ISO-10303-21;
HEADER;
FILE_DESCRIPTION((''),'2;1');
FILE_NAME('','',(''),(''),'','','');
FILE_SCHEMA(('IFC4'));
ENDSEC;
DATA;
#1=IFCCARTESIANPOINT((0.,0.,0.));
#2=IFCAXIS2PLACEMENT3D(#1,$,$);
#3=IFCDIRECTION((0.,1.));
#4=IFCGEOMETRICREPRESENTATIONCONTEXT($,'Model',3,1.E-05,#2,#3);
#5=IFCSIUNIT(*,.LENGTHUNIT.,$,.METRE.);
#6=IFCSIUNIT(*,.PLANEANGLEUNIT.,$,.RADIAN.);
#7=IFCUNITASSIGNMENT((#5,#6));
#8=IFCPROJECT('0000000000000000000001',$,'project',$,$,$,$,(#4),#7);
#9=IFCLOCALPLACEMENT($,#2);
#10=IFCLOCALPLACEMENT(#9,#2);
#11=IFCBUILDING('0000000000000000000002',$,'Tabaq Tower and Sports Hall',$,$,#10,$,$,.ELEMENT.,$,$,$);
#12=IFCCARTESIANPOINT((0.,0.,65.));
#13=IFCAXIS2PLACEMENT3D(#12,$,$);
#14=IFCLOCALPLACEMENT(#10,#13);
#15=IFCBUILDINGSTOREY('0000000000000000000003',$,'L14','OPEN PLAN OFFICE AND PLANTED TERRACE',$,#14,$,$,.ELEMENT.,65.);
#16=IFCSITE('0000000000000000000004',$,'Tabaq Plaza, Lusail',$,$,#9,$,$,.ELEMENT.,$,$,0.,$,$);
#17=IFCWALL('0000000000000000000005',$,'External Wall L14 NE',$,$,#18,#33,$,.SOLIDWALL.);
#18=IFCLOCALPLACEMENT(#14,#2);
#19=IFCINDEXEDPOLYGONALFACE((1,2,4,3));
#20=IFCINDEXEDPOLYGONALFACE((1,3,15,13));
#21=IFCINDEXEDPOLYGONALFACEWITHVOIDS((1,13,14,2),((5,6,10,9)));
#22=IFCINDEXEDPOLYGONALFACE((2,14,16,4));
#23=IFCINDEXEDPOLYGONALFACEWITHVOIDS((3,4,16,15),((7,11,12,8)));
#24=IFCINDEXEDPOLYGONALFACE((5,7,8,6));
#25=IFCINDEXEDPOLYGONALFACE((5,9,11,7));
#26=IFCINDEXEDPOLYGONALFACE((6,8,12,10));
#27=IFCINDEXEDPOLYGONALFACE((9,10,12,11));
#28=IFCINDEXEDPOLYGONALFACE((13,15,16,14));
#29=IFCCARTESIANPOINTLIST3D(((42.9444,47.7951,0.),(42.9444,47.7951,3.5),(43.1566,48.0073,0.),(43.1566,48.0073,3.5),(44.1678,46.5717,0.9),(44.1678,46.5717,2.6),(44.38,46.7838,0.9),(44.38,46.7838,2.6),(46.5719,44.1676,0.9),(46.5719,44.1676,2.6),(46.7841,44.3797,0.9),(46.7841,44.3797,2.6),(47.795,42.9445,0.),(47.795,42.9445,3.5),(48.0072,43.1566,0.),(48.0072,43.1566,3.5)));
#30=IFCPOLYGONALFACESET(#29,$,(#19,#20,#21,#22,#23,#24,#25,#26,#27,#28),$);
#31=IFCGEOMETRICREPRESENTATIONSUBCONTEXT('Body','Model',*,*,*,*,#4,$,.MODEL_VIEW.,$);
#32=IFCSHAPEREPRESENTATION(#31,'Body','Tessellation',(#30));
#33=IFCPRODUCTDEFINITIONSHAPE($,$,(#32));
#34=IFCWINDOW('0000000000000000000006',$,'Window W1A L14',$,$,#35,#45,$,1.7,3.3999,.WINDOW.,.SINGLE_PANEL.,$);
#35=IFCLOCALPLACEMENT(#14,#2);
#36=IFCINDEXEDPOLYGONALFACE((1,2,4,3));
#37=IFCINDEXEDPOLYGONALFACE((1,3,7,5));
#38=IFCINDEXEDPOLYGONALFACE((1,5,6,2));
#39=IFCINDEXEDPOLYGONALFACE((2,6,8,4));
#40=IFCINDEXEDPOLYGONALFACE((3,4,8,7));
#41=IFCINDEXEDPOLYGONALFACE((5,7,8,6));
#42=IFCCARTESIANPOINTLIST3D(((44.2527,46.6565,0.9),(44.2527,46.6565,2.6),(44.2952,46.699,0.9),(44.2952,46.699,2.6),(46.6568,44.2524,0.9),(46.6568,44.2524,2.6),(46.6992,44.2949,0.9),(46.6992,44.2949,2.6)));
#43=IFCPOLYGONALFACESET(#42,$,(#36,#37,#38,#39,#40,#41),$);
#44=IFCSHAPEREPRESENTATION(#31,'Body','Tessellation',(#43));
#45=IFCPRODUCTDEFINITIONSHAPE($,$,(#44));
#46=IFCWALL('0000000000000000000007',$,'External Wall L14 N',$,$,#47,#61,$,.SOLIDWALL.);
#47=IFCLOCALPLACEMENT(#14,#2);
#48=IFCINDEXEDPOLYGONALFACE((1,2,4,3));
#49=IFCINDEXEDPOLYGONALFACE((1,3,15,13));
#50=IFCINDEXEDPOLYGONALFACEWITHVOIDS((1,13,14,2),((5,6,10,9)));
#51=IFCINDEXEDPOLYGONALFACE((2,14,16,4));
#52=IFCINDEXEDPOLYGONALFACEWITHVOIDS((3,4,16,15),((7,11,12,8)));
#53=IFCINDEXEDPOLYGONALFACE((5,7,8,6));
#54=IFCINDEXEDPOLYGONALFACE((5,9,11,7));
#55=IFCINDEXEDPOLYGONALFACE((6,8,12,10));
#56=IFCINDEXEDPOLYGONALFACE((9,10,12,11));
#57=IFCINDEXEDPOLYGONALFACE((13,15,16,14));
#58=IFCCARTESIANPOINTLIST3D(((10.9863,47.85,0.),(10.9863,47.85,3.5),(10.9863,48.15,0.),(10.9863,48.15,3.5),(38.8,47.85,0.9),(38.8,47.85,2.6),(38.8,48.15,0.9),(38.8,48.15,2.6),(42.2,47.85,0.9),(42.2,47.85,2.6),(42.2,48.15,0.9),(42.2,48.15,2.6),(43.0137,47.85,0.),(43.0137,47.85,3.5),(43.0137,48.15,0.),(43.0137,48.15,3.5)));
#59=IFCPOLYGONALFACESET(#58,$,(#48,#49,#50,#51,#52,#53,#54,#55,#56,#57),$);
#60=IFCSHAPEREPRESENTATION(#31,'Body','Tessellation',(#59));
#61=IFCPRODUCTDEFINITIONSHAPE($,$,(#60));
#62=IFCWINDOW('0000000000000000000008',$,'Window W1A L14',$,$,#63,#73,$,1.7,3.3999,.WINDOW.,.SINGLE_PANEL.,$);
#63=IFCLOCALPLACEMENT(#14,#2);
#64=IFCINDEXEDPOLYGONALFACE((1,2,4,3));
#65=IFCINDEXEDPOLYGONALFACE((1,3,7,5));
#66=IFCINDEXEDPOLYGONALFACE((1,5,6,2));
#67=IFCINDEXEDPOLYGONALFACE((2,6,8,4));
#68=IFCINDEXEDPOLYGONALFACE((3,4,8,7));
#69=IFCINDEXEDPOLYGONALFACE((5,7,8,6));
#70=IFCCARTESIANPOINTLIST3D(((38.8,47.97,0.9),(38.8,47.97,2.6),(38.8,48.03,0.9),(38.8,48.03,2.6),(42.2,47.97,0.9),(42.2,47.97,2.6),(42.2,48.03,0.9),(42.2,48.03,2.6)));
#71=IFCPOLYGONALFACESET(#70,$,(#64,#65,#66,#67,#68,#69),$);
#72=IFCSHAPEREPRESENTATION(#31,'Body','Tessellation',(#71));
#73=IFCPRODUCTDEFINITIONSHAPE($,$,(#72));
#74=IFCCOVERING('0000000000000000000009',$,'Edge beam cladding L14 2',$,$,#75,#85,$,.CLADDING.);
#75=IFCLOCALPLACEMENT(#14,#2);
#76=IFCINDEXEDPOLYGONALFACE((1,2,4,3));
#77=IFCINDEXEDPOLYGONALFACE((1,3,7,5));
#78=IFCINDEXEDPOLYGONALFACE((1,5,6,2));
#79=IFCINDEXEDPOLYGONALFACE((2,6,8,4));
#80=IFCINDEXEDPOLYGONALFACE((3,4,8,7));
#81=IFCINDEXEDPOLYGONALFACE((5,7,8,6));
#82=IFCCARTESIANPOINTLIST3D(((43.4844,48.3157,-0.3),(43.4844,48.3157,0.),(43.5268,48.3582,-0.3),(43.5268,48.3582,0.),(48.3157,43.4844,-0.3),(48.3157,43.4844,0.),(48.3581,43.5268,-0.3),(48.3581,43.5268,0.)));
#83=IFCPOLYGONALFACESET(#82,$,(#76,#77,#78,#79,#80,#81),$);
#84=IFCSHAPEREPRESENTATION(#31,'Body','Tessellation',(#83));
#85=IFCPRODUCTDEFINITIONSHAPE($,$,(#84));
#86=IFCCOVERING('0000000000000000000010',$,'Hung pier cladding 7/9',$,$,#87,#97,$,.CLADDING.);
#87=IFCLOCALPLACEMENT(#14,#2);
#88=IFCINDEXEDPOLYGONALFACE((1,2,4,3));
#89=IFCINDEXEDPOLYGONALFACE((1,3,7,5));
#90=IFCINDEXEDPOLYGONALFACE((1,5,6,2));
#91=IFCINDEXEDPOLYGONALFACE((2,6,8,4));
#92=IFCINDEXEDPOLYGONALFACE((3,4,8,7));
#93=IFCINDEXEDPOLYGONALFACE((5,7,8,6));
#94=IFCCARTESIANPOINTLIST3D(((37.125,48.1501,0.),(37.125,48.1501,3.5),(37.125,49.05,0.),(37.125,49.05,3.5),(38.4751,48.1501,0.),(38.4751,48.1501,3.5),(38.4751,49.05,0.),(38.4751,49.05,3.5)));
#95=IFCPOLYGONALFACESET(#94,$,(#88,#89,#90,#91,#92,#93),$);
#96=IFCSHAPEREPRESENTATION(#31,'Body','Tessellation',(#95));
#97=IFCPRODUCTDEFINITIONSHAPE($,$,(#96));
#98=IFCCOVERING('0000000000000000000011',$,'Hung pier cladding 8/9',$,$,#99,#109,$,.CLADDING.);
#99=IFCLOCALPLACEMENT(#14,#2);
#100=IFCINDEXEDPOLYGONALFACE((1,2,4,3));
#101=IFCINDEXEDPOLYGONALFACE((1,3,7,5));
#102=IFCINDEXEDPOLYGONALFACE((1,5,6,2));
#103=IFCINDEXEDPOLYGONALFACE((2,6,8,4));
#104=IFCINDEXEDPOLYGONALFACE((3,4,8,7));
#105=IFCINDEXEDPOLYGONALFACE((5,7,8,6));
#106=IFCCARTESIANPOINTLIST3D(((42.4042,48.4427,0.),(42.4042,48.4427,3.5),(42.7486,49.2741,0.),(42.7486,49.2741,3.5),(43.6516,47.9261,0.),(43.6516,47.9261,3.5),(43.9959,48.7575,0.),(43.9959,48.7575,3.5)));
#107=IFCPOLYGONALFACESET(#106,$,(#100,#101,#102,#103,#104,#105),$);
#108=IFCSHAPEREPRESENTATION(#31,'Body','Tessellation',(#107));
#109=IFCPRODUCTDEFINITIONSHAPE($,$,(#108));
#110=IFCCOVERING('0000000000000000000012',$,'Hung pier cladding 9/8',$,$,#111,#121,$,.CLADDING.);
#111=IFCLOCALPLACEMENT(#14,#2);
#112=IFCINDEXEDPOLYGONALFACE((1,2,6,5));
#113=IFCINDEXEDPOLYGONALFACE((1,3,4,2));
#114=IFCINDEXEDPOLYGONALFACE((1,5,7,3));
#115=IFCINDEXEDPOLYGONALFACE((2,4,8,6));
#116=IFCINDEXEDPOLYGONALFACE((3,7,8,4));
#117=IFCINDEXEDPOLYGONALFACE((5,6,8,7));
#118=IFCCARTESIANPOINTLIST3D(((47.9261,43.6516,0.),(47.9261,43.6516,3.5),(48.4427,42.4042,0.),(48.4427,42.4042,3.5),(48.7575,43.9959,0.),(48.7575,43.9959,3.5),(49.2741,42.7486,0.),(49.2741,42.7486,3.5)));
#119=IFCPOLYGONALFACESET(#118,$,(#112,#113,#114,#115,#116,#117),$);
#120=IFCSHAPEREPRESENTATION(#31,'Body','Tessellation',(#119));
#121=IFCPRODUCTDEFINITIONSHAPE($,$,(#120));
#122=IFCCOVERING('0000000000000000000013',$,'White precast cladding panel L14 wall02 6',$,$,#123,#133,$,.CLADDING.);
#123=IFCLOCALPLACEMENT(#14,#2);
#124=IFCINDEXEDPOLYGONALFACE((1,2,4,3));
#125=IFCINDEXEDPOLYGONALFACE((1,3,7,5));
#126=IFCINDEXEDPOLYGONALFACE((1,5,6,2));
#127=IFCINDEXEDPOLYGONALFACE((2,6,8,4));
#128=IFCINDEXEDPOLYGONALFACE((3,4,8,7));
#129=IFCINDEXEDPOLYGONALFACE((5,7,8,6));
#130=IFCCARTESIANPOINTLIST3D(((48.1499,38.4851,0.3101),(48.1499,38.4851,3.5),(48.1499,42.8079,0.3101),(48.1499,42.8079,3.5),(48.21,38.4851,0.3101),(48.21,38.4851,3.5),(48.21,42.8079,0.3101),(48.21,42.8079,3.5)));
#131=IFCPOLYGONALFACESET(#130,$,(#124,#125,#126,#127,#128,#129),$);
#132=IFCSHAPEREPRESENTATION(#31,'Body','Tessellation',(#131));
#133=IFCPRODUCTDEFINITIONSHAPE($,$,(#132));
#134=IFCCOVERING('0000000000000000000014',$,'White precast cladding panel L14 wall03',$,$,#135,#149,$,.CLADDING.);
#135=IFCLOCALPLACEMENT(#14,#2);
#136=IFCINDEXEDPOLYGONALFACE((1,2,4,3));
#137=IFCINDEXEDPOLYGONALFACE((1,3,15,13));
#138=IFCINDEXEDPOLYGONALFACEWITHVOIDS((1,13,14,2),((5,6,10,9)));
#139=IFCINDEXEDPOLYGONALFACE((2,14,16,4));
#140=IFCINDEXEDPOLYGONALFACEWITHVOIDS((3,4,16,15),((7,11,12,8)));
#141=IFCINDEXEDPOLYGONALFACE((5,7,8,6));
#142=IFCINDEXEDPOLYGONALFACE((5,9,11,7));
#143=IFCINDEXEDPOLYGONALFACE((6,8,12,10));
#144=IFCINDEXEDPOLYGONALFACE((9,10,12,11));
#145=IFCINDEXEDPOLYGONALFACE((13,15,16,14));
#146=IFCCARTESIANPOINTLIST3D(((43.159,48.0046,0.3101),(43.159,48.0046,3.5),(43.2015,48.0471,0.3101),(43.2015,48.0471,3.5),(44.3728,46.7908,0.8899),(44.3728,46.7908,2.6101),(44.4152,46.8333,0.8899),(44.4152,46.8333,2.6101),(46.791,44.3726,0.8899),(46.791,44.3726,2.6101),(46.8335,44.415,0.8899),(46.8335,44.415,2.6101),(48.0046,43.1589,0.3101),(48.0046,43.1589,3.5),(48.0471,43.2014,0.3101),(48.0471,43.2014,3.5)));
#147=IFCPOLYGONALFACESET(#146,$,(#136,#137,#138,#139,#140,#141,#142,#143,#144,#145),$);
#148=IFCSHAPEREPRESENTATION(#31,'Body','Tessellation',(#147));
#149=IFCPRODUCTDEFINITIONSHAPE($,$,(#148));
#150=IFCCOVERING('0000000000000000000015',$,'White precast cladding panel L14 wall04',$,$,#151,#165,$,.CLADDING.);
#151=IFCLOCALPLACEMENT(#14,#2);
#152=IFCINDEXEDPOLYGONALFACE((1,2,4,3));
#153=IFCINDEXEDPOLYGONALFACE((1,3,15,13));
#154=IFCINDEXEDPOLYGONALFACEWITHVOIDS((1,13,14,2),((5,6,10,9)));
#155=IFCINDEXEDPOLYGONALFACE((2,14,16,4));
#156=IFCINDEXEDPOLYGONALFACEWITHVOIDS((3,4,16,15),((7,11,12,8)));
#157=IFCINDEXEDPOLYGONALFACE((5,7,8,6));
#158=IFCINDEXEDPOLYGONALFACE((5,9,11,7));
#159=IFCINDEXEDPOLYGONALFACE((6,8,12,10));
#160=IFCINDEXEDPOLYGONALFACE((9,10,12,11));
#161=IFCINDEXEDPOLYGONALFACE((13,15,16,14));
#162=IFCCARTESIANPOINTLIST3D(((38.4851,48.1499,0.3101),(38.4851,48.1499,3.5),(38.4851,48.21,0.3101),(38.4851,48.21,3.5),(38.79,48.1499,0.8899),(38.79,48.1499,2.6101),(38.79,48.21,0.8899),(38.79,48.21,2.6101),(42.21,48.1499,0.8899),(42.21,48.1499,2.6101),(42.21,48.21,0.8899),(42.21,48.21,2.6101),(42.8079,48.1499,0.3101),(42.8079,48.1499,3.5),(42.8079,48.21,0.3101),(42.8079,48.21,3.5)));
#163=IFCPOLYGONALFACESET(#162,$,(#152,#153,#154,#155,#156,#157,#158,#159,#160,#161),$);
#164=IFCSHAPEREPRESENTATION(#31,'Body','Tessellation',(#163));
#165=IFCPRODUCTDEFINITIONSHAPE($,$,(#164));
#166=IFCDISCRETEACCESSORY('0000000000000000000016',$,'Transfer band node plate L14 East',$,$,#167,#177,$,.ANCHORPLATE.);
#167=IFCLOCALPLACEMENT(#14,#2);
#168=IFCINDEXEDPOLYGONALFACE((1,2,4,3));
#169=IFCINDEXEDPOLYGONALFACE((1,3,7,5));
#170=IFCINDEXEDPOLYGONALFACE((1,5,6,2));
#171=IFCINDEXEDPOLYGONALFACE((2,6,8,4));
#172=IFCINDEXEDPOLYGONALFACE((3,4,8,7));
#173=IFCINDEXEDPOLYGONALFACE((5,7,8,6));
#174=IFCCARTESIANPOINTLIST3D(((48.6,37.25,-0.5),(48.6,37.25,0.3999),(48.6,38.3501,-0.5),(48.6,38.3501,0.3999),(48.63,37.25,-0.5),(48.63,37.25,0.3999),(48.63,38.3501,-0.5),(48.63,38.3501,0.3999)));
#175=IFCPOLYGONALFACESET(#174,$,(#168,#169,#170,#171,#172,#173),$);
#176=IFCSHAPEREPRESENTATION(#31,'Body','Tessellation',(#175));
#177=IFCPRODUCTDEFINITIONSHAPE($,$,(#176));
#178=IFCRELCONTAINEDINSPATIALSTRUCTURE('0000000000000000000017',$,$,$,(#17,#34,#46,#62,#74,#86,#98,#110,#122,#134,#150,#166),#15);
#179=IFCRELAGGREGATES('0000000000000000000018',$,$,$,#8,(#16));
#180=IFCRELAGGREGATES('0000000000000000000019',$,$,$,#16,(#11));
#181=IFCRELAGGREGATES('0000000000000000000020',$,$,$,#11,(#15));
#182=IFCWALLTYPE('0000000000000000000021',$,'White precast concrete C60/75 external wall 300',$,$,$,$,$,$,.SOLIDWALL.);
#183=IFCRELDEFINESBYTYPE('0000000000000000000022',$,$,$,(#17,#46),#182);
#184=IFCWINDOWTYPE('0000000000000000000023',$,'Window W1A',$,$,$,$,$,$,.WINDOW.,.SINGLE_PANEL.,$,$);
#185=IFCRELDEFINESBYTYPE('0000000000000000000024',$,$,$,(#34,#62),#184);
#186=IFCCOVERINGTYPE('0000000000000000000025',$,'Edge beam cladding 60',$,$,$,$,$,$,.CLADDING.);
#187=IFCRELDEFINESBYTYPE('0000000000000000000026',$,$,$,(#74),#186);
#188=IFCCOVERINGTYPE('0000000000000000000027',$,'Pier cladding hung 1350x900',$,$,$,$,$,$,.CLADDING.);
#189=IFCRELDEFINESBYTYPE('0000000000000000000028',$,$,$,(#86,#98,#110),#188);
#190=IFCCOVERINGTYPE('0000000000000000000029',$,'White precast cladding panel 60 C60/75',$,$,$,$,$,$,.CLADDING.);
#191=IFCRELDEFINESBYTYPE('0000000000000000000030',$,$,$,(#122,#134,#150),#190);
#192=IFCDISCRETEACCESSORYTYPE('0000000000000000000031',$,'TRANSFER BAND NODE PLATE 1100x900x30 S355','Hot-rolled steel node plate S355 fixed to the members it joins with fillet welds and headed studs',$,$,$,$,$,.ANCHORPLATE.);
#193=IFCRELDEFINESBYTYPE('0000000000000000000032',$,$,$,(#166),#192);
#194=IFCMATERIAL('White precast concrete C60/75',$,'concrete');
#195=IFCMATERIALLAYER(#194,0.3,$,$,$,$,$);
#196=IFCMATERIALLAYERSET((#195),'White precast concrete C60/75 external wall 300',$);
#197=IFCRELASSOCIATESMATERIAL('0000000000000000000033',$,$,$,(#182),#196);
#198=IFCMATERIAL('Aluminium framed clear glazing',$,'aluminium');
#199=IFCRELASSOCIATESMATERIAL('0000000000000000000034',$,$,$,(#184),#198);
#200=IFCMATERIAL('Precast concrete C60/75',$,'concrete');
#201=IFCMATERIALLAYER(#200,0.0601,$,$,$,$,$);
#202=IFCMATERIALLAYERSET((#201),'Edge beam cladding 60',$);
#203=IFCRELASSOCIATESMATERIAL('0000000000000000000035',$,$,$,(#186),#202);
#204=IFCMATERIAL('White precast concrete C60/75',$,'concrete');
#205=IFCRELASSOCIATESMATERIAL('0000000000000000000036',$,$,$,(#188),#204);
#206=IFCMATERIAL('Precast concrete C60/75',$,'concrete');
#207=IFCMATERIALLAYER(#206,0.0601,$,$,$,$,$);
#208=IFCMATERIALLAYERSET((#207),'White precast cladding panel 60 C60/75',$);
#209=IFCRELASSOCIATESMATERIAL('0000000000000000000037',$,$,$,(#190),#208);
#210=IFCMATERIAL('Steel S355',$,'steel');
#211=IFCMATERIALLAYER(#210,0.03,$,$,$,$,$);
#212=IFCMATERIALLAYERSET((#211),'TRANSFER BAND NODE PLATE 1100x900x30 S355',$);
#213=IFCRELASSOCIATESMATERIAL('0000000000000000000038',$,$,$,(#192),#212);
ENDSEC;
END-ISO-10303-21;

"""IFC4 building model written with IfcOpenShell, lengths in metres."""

from ifc_helpers import new_model, si_unit, direction, frame, frame_2d, origin, origin_2d, place, context, subcontext, project, spatial, polyline, rectangle, outline, extrude, material, layer, layer_set, type_object, element, fill, save


model = new_model("IFC4")

# Units and contexts
model_context = context("Model", 3, precision=1e-05, world=origin(), true_north=direction((0.0, 1.0)))
body_context = subcontext(model_context, "Body", "Model", "MODEL_VIEW")
ifc_project = project(units=[si_unit("LENGTHUNIT", "METRE"), si_unit("PLANEANGLEUNIT", "RADIAN")], contexts=[model_context])

# Site, building, storey
site_placement = place(None, origin())
site = spatial("IfcSite", under=ifc_project, at=site_placement, Name="Tabaq Plaza, Lusail", CompositionType="ELEMENT", RefElevation=0.0)
building_placement = place(site_placement, origin())
building = spatial("IfcBuilding", under=site, at=building_placement, Name="Tabaq Tower and Sports Hall", CompositionType="ELEMENT")
storey_placement = place(building_placement, frame((0.0, 0.0, 65.0)))
storey = spatial("IfcBuildingStorey", under=building, at=storey_placement, Name="L14", Description="OPEN PLAN OFFICE AND PLANTED TERRACE", CompositionType="ELEMENT", Elevation=65.0)

# Walls, openings, windows
ifc_material_1 = material(Name="White precast concrete C60/75", Category="concrete")
ifc_layer_1 = layer(ifc_material_1, 0.3)
ifc_layer_set_1 = layer_set([ifc_layer_1], Name="White precast concrete C60/75 external wall 300")
wall_type_1 = type_object("IfcWallType", Name="White precast concrete C60/75 external wall 300", PredefinedType="SOLIDWALL", material=ifc_layer_set_1)
wall_1_placement = place(storey_placement, frame((47.9011, 43.0505, 0.0), z_axis=(0.0, 0.0, 1.0), x_axis=(-0.707107, 0.707107, 0.0)))
wall_1 = element("IfcWall", 1, at=wall_1_placement, inside=storey, type_object=wall_type_1, Name="External Wall L14 NE", PredefinedType="SOLIDWALL", context=body_context, shape_type="SweptSolid", body=[
    extrude(rectangle(XDim=6.8599, YDim=0.3, at=frame_2d((3.4299, 0.0))), origin(), (0.0, 0.0, 1.0), 3.5),
])
opening_1_placement = place(wall_1_placement, frame((1.7297, 0.0, 0.8999)))
opening_1 = element("IfcOpeningElement", 2, at=opening_1_placement, cuts=wall_1, PredefinedType="OPENING", context=body_context, shape_type="SweptSolid", body=[
    extrude(rectangle(XDim=3.3999, YDim=1.7, at=frame_2d((1.7, 0.8501))), frame((0.0, 0.1602, 0.0), z_axis=(0.0, -1.0, 0.0), x_axis=(1.0, 0.0, 0.0)), (0.0, 0.0, 1.0), 0.3201),
])
ifc_material_2 = material(Name="Aluminium framed clear glazing", Category="aluminium")
window_type = type_object("IfcWindowType", Name="Window W1A", PartitioningType="SINGLE_PANEL", PredefinedType="WINDOW", material=ifc_material_2)
window_1_placement = place(opening_1_placement, origin())
window_1 = element("IfcWindow", 3, at=window_1_placement, inside=storey, type_object=window_type, Name="Window W1A L14", OverallHeight=1.7, OverallWidth=3.3999, PartitioningType="SINGLE_PANEL", PredefinedType="WINDOW", context=body_context, shape_type="SweptSolid", body=[
    extrude(rectangle(XDim=3.3999, YDim=1.7, at=frame_2d((1.7, 0.8501))), frame((0.0, 0.03, 0.0), z_axis=(0.0, -1.0, 0.0), x_axis=(1.0, 0.0, 0.0)), (0.0, 0.0, 1.0), 0.0601),
])
fill(opening_1, window_1)
wall_2_placement = place(storey_placement, frame((43.0137, 48.0, 0.0), z_axis=(0.0, 0.0, 1.0), x_axis=(-1.0, 0.0, 0.0)))
wall_2 = element("IfcWall", 4, at=wall_2_placement, inside=storey, type_object=wall_type_1, Name="External Wall L14 N", PredefinedType="SOLIDWALL", context=body_context, shape_type="SweptSolid", body=[
    extrude(rectangle(XDim=32.0273, YDim=0.3, at=frame_2d((16.0137, 0.0))), origin(), (0.0, 0.0, 1.0), 3.5),
])
opening_2_placement = place(wall_2_placement, frame((0.8137, 0.0, 0.8999)))
opening_2 = element("IfcOpeningElement", 5, at=opening_2_placement, cuts=wall_2, PredefinedType="OPENING", context=body_context, shape_type="SweptSolid", body=[
    extrude(rectangle(XDim=3.3999, YDim=1.7, at=frame_2d((1.7, 0.8501))), frame((0.0, 0.1602, 0.0), z_axis=(0.0, -1.0, 0.0), x_axis=(1.0, 0.0, 0.0)), (0.0, 0.0, 1.0), 0.3201),
])
window_2_placement = place(opening_2_placement, origin())
window_2 = element("IfcWindow", 6, at=window_2_placement, inside=storey, type_object=window_type, Name="Window W1A L14", OverallHeight=1.7, OverallWidth=3.3999, PartitioningType="SINGLE_PANEL", PredefinedType="WINDOW", context=body_context, shape_type="SweptSolid", body=[
    extrude(rectangle(XDim=3.3999, YDim=1.7, at=frame_2d((1.7, 0.8501))), frame((0.0, 0.03, 0.0), z_axis=(0.0, -1.0, 0.0), x_axis=(1.0, 0.0, 0.0)), (0.0, 0.0, 1.0), 0.0601),
])
fill(opening_2, window_2)

# Coverings
ifc_material_3 = material(Name="Precast concrete C60/75", Category="concrete")
ifc_layer_2 = layer(ifc_material_3, 0.0601)
ifc_layer_set_2 = layer_set([ifc_layer_2], Name="Edge beam cladding 60")
covering_type_1 = type_object("IfcCoveringType", Name="Edge beam cladding 60", PredefinedType="CLADDING", material=ifc_layer_set_2)
covering_1_placement = place(storey_placement, frame((48.3369, 43.5056, -0.3), z_axis=(0.0, 0.0, 1.0), x_axis=(-0.707107, 0.707107, 0.0)))
element("IfcCovering", 7, at=covering_1_placement, inside=storey, type_object=covering_type_1, Name="Edge beam cladding L14 2", PredefinedType="CLADDING", context=body_context, shape_type="SweptSolid", body=[
    extrude(rectangle(XDim=6.8325, YDim=0.0601, at=frame_2d((3.4163, 0.0))), origin(), (0.0, 0.0, 1.0), 0.3),
])
ifc_material_4 = material(Name="White precast concrete C60/75", Category="concrete")
covering_type_2 = type_object("IfcCoveringType", Name="Pier cladding hung 1350x900", PredefinedType="CLADDING", material=ifc_material_4)
for number, where, z_axis, x_axis, name in (
    (8, (38.4751, 48.6001, 0.0), (0.0, 0.0, 1.0), (-1.0, 0.0, 0.0), "Hung pier cladding 7/9"),
    (9, (43.8237, 48.3418, 0.0), (0.0, 0.0, 1.0), (-0.923893, 0.38265, 0.0), "Hung pier cladding 8/9"),
    (10, (48.8584, 42.5764, 0.0), (0.0, 0.0, 1.0), (-0.38265, 0.923893, 0.0), "Hung pier cladding 9/8"),
):
    element("IfcCovering", number, at=place(storey_placement, frame(where, z_axis=z_axis, x_axis=x_axis)), inside=storey, type_object=covering_type_2, Name=name, PredefinedType="CLADDING", context=body_context, shape_type="SweptSolid", body=[
        extrude(rectangle(XDim=1.3501, YDim=0.8999, at=frame_2d((0.675, 0.0))), origin(), (0.0, 0.0, 1.0), 3.5),
    ])
ifc_material_5 = material(Name="Precast concrete C60/75", Category="concrete")
ifc_layer_3 = layer(ifc_material_5, 0.0601)
ifc_layer_set_3 = layer_set([ifc_layer_3], Name="White precast cladding panel 60 C60/75")
covering_type_3 = type_object("IfcCoveringType", Name="White precast cladding panel 60 C60/75", PredefinedType="CLADDING", material=ifc_layer_set_3)
covering_2_placement = place(storey_placement, frame((48.1799, 38.4851, 0.3101), z_axis=(0.0, 0.0, 1.0), x_axis=(0.0, 1.0, 0.0)))
element("IfcCovering", 11, at=covering_2_placement, inside=storey, type_object=covering_type_3, Name="White precast cladding panel L14 wall02 6", PredefinedType="CLADDING", context=body_context, shape_type="SweptSolid", body=[
    extrude(rectangle(XDim=4.3228, YDim=0.0601, at=frame_2d((2.1614, 0.0))), origin(), (0.0, 0.0, 1.0), 3.1899),
])
covering_3_placement = place(storey_placement, frame((48.0259, 43.1802, 0.3101), z_axis=(0.0, 0.0, 1.0), x_axis=(-0.707107, 0.707107, 0.0)))
element("IfcCovering", 12, at=covering_3_placement, inside=storey, type_object=covering_type_3, Name="White precast cladding panel L14 wall03", PredefinedType="CLADDING", context=body_context, shape_type="SweptSolid", body=[
    extrude(outline(polyline([(0.0, 0.0), (6.8528, 0.0), (6.8528, 3.1899), (0.0, 3.1899), (0.0, 0.0)]), holes=[polyline([(1.7163, 0.5798), (1.7163, 2.3), (5.1362, 2.3), (5.1362, 0.5798), (1.7163, 0.5798)])]), frame((0.0, 0.03, 0.0), z_axis=(0.0, -1.0, 0.0), x_axis=(1.0, 0.0, 0.0)), (0.0, 0.0, 1.0), 0.0601),
])
covering_4_placement = place(storey_placement, frame((42.8079, 48.1799, 0.3101), z_axis=(0.0, 0.0, 1.0), x_axis=(-1.0, 0.0, 0.0)))
element("IfcCovering", 13, at=covering_4_placement, inside=storey, type_object=covering_type_3, Name="White precast cladding panel L14 wall04", PredefinedType="CLADDING", context=body_context, shape_type="SweptSolid", body=[
    extrude(outline(polyline([(0.0, 0.0), (4.3228, 0.0), (4.3228, 3.1899), (0.0, 3.1899), (0.0, 0.0)]), holes=[polyline([(0.5979, 0.5798), (0.5979, 2.3), (4.0178, 2.3), (4.0178, 0.5798), (0.5979, 0.5798)])]), frame((0.0, 0.03, 0.0), z_axis=(0.0, -1.0, 0.0), x_axis=(1.0, 0.0, 0.0)), (0.0, 0.0, 1.0), 0.0601),
])

# Discrete accessory
ifc_material_6 = material(Name="Steel S355", Category="steel")
ifc_layer_4 = layer(ifc_material_6, 0.03)
ifc_layer_set_4 = layer_set([ifc_layer_4], Name="TRANSFER BAND NODE PLATE 1100x900x30 S355")
discrete_accessory_type = type_object("IfcDiscreteAccessoryType", Name="TRANSFER BAND NODE PLATE 1100x900x30 S355", Description="Hot-rolled steel node plate S355 fixed to the members it joins with fillet welds and headed studs", PredefinedType="ANCHORPLATE", material=ifc_layer_set_4)
for number, where, z_axis, x_axis, name in (
    (14, (48.615, 37.8, -0.5), (0.0, 0.0, 1.0), (0.0, 1.0, 0.0), "Transfer band node plate L14 East"),
):
    element("IfcDiscreteAccessory", number, at=place(storey_placement, frame(where, z_axis=z_axis, x_axis=x_axis)), inside=storey, type_object=discrete_accessory_type, Name=name, PredefinedType="ANCHORPLATE", context=body_context, shape_type="SweptSolid", body=[
        extrude(rectangle(XDim=1.1001, YDim=0.03, at=origin_2d()), origin(), (0.0, 0.0, 1.0), 0.8999),
    ])

save(model, "model.ifc")
